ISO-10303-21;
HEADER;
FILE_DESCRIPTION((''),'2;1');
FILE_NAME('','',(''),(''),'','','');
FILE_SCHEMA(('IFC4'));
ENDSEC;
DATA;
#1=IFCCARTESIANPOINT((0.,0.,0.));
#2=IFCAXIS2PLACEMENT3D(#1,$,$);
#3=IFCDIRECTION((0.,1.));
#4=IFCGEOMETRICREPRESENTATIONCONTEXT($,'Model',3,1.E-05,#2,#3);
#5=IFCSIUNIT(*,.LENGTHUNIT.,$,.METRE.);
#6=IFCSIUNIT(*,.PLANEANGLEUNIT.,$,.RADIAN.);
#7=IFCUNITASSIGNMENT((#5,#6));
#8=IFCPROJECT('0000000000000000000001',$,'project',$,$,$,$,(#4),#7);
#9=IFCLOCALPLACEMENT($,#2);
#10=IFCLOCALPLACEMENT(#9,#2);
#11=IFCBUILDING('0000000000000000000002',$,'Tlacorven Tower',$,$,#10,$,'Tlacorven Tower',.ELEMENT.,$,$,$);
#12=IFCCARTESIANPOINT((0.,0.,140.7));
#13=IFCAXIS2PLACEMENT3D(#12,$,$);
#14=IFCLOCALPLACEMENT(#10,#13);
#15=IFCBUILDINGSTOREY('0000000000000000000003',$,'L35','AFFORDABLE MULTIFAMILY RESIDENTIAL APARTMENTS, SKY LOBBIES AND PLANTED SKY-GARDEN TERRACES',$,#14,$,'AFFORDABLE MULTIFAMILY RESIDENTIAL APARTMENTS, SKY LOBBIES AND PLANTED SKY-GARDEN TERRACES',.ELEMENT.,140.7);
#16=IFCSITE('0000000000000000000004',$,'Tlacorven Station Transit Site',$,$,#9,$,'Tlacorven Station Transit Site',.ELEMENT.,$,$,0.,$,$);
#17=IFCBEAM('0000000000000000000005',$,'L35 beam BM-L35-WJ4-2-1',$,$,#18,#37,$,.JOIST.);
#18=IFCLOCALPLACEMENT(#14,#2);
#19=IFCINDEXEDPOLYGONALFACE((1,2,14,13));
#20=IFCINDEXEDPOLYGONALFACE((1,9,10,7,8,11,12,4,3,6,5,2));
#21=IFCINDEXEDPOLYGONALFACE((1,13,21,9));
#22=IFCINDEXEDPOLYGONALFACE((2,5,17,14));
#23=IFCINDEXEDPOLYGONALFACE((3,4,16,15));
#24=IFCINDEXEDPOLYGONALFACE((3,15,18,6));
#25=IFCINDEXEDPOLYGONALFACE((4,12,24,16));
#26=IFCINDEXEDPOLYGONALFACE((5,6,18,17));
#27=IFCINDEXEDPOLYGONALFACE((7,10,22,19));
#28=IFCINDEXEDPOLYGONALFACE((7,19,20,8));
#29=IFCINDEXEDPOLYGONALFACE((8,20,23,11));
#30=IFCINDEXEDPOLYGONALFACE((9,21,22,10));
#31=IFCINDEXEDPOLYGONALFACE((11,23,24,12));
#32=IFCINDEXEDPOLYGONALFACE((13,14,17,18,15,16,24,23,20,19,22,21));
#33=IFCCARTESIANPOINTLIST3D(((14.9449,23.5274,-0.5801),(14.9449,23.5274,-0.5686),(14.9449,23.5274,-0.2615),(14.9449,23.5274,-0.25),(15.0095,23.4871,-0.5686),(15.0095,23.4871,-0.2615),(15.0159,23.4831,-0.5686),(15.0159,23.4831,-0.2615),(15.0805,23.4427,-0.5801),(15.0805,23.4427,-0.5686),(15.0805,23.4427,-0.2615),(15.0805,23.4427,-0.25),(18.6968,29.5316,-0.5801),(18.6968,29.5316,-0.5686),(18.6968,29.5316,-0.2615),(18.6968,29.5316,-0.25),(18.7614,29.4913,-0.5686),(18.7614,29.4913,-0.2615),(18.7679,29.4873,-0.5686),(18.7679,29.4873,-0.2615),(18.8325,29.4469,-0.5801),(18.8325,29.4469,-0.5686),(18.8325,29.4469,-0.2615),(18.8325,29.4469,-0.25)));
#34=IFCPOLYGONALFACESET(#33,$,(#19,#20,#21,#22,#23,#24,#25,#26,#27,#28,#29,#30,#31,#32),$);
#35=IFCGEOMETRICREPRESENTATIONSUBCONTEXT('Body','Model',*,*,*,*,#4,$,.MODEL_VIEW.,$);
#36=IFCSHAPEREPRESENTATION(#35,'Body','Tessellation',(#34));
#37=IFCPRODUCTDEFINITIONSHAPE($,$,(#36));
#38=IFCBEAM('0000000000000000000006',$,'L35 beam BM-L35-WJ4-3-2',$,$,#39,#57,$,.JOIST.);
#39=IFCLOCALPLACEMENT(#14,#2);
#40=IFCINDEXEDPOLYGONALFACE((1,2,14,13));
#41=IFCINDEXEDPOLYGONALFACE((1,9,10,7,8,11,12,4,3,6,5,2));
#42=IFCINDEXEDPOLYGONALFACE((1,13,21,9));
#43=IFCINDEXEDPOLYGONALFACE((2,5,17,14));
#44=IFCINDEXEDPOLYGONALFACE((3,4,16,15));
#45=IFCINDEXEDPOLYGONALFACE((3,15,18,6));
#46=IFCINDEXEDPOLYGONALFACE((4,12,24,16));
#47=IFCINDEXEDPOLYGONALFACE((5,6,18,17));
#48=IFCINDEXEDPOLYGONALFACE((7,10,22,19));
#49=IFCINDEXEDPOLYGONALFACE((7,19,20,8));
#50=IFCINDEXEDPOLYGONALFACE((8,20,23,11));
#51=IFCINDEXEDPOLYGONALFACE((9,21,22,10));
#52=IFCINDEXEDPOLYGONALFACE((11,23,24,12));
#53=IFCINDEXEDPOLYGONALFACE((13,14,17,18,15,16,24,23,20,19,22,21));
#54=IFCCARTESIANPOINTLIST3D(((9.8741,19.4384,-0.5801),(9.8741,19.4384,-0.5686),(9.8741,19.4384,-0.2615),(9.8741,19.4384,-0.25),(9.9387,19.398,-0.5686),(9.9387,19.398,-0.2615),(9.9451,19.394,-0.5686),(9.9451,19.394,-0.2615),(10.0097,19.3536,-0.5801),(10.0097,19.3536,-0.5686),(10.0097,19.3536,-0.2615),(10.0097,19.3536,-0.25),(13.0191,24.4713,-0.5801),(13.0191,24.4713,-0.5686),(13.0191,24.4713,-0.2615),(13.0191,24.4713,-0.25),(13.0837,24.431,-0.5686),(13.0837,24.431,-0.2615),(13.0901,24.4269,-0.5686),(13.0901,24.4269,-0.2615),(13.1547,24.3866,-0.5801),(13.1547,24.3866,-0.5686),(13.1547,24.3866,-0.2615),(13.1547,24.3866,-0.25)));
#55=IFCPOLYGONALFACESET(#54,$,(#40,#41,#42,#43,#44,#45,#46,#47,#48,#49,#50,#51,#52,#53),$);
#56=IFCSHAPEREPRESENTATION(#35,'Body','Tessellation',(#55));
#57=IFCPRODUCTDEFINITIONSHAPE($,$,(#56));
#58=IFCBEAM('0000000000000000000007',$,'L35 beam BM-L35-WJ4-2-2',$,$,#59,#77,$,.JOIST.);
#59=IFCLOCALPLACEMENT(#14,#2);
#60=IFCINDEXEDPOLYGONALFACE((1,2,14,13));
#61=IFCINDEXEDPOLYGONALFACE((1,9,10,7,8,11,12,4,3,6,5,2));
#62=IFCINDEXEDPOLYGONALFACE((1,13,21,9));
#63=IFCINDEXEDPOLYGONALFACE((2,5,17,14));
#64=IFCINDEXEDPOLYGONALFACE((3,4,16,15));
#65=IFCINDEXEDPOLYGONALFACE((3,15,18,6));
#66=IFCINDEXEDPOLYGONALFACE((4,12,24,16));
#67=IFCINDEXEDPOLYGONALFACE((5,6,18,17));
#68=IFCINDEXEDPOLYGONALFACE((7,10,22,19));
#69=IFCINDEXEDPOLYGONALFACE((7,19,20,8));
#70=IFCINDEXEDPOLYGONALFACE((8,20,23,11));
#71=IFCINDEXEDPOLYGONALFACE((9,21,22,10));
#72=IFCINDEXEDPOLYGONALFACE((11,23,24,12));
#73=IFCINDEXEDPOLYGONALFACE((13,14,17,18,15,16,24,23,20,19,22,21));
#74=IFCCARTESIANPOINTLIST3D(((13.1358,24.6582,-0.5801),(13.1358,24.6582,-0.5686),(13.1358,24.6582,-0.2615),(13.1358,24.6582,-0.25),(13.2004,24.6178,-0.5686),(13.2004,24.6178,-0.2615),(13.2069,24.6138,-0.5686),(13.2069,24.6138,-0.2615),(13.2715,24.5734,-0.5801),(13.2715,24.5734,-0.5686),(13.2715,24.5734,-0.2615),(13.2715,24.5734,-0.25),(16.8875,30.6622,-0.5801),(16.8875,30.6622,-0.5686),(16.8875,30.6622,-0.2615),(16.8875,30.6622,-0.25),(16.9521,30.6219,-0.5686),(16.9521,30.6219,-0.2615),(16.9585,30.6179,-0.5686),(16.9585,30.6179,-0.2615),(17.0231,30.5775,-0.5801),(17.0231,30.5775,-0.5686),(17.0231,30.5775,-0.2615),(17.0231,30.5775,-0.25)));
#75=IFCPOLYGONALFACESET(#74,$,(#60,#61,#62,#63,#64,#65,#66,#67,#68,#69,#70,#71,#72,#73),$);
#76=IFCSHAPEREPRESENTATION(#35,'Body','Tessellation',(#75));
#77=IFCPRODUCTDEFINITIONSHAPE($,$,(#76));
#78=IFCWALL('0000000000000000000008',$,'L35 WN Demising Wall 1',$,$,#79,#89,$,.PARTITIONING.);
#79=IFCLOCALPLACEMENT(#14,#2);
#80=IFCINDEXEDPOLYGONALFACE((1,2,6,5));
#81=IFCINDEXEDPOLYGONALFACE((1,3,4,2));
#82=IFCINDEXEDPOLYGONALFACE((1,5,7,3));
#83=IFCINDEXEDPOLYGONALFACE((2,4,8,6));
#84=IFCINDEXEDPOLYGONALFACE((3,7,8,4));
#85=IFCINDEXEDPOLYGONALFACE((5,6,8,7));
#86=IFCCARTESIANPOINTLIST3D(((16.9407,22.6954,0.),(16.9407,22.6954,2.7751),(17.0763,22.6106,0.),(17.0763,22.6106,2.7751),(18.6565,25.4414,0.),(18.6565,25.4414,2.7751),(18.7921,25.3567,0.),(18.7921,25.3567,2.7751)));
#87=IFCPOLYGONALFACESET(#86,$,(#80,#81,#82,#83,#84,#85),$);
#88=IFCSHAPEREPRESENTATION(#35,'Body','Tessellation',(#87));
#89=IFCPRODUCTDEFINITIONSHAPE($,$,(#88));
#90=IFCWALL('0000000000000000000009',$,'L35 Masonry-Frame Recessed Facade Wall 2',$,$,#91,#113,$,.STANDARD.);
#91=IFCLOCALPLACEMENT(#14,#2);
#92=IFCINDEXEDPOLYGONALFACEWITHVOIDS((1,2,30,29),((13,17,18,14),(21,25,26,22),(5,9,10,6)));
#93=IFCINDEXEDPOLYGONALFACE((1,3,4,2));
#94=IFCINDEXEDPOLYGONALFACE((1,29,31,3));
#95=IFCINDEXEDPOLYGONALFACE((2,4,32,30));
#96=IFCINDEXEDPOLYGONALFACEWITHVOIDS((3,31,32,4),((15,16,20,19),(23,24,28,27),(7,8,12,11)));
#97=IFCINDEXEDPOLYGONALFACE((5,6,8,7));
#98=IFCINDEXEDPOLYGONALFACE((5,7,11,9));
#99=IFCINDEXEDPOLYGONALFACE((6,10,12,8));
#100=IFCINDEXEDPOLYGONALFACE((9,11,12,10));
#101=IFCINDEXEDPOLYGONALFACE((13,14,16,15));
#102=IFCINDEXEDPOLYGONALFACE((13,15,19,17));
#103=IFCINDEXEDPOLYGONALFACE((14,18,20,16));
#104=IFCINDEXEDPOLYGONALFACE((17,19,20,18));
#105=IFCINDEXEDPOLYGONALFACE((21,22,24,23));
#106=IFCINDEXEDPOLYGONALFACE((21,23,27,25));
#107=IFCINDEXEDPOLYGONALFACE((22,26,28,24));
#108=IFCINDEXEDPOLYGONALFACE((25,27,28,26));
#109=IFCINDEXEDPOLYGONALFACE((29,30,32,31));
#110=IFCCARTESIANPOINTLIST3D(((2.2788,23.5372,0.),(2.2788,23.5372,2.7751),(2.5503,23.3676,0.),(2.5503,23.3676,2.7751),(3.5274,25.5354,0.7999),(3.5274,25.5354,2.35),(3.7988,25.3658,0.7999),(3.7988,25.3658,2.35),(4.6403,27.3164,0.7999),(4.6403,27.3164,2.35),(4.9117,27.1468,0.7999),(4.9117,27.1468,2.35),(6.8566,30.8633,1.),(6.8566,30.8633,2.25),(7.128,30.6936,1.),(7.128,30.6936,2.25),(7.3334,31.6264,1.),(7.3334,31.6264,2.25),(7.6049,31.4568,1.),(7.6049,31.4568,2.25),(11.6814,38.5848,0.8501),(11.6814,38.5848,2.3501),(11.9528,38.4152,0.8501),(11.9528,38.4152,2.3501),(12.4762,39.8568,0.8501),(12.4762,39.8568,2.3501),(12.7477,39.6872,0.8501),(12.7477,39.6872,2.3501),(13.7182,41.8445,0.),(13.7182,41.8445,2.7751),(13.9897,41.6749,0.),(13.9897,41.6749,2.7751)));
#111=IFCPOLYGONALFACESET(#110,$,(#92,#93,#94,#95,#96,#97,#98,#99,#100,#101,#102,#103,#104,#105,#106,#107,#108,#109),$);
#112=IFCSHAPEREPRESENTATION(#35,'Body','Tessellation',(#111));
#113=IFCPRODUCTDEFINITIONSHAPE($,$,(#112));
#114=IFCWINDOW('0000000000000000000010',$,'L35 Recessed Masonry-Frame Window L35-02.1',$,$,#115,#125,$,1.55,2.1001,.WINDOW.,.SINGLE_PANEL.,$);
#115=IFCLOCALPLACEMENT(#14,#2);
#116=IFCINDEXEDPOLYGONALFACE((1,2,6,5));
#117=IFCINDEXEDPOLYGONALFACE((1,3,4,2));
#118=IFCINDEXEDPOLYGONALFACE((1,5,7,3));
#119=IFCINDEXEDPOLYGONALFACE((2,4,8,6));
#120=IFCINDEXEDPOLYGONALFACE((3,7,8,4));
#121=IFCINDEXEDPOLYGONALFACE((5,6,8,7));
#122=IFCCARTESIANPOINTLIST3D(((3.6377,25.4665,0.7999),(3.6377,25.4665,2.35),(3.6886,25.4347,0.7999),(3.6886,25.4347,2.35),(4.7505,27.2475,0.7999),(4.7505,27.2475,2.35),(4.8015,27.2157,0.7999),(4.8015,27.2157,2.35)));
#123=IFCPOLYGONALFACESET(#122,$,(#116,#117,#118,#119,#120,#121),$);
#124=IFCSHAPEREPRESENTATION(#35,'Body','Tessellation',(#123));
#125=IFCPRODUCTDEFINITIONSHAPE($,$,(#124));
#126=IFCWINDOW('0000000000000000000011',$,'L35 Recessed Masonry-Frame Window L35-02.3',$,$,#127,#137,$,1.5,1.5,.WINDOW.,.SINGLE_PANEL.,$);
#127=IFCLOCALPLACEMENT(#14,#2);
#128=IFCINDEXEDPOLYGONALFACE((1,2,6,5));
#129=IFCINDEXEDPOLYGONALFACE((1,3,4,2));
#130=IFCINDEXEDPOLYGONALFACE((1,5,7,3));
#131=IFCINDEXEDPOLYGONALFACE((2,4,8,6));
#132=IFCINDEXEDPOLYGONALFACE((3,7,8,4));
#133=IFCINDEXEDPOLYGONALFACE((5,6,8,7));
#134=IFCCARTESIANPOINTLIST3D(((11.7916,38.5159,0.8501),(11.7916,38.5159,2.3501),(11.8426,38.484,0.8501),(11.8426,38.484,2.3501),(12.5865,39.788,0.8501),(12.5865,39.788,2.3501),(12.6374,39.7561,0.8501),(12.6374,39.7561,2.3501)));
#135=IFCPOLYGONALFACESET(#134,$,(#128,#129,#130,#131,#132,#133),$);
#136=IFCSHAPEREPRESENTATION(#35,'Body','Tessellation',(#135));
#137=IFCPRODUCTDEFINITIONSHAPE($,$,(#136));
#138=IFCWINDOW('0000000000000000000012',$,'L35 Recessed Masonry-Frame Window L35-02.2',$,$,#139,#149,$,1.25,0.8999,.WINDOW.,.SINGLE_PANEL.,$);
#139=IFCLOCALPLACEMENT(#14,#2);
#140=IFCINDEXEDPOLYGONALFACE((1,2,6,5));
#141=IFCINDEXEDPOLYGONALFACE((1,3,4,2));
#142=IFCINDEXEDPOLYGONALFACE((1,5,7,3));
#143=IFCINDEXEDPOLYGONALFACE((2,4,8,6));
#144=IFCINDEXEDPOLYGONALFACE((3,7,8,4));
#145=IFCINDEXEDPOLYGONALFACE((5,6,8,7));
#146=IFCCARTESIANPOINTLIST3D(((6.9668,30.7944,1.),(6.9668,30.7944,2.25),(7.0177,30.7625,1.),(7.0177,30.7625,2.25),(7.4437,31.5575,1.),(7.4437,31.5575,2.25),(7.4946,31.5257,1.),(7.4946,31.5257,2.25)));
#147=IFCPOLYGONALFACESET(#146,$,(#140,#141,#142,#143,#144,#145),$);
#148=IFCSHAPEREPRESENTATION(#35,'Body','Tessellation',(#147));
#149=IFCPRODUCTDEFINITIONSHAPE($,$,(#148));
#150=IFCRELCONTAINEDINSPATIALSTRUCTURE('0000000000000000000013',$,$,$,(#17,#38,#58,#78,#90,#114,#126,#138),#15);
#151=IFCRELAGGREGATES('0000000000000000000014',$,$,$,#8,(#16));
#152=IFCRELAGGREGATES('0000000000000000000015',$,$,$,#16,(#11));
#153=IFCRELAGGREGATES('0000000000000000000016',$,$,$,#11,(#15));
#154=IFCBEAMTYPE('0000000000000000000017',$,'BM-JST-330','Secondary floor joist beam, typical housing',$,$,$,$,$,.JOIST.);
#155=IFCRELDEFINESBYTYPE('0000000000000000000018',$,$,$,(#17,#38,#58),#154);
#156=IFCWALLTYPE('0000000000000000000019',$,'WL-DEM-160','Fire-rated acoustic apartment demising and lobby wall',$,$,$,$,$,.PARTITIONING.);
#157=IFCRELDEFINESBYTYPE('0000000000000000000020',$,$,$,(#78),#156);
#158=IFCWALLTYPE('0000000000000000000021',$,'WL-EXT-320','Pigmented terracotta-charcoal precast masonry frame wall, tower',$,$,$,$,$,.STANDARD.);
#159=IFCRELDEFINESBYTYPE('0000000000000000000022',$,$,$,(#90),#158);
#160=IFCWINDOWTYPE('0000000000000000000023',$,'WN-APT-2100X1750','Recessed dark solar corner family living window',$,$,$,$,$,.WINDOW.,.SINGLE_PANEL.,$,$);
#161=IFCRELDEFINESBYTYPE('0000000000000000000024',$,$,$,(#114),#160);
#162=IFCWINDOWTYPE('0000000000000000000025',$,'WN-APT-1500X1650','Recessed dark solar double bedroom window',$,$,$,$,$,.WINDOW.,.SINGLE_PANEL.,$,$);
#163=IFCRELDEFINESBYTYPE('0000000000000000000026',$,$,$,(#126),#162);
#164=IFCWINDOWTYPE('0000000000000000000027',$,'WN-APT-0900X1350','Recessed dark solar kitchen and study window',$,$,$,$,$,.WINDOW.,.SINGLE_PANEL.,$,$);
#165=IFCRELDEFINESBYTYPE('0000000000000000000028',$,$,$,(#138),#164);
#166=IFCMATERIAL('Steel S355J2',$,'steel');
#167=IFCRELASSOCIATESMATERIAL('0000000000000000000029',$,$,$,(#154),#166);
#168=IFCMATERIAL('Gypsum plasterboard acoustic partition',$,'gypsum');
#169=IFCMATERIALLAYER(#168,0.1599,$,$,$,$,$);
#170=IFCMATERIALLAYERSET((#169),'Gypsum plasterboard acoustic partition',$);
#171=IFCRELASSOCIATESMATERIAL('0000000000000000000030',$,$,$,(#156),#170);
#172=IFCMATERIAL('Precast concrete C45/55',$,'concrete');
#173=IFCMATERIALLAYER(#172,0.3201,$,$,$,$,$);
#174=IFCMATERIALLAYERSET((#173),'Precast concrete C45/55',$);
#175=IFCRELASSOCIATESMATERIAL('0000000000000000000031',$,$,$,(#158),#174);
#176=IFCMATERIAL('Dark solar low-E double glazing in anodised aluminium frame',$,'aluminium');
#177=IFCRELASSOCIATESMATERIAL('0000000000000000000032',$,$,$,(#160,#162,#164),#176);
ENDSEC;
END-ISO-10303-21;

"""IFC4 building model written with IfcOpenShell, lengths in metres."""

from ifc_helpers import new_model, si_unit, direction, frame, frame_2d, origin, origin_2d, place, context, subcontext, project, spatial, rectangle, i_section, extrude, source, transform, mapped, material, layer, layer_set, material_profile, profile_set, type_object, element, fill, save


model = new_model("IFC4")

# Units and contexts
model_context = context("Model", 3, precision=1e-05, world=origin(), true_north=direction((0.0, 1.0)))
body_context = subcontext(model_context, "Body", "Model", "MODEL_VIEW")
ifc_project = project(units=[si_unit("LENGTHUNIT", "METRE"), si_unit("PLANEANGLEUNIT", "RADIAN")], contexts=[model_context])

# Site, building, storey
site_placement = place(None, origin())
site = spatial("IfcSite", under=ifc_project, at=site_placement, Name="Tlacorven Station Transit Site", LongName="Tlacorven Station Transit Site", CompositionType="ELEMENT", RefElevation=0.0)
building_placement = place(site_placement, origin())
building = spatial("IfcBuilding", under=site, at=building_placement, Name="Tlacorven Tower", LongName="Tlacorven Tower", CompositionType="ELEMENT")
storey_placement = place(building_placement, frame((0.0, 0.0, 140.7)))
storey = spatial("IfcBuildingStorey", under=building, at=storey_placement, Name="L35", Description="AFFORDABLE MULTIFAMILY RESIDENTIAL APARTMENTS, SKY LOBBIES AND PLANTED SKY-GARDEN TERRACES", LongName="AFFORDABLE MULTIFAMILY RESIDENTIAL APARTMENTS, SKY LOBBIES AND PLANTED SKY-GARDEN TERRACES", CompositionType="ELEMENT", Elevation=140.7)

# Beams
ifc_material_1 = material(Name="Steel S355J2", Category="steel")
ifc_material_profile_1 = material_profile(ifc_material_1, i_section(OverallWidth=0.1599, OverallDepth=0.3301, WebThickness=0.0076, FlangeThickness=0.0115, at=origin_2d()), Name="IPE 330")
ifc_profile_set_1 = profile_set([ifc_material_profile_1], Name="Steel S355J2")
beam_type_1 = type_object("IfcBeamType", Name="BM-JST-330", Description="Secondary floor joist beam, typical housing", PredefinedType="JOIST", material=ifc_profile_set_1)
shared_shape_1 = source(origin(), body_context, "Body", "SweptSolid", [
    extrude(i_section(OverallWidth=0.1599, OverallDepth=0.3301, WebThickness=0.0076, FlangeThickness=0.0115, at=origin_2d()), origin(), (0.0, 0.0, 1.0), 7.0801),
])
beam_1_placement = place(storey_placement, frame((18.7646, 29.4893, -0.415), z_axis=(-0.529934, -0.848039, 0.0), x_axis=(0.848039, -0.529934, 0.0)))
element("IfcBeam", 1, at=beam_1_placement, inside=storey, type_object=beam_type_1, Name="L35 beam BM-L35-WJ4-2-1", PredefinedType="JOIST", context=body_context, shape_type="MappedRepresentation", body=[
    mapped(shared_shape_1, transform((0.0, 0.0, 0.0), scale=1.0)),
])
shared_shape_2 = source(origin(), body_context, "Body", "SweptSolid", [
    extrude(i_section(OverallWidth=0.1599, OverallDepth=0.3301, WebThickness=0.0076, FlangeThickness=0.0115, at=origin_2d()), origin(), (0.0, 0.0, 1.0), 5.9348),
])
beam_2_placement = place(storey_placement, frame((13.0869, 24.429, -0.415), z_axis=(-0.529929, -0.848042, 0.0), x_axis=(0.848042, -0.529929, 0.0)))
element("IfcBeam", 2, at=beam_2_placement, inside=storey, type_object=beam_type_1, Name="L35 beam BM-L35-WJ4-3-2", PredefinedType="JOIST", context=body_context, shape_type="MappedRepresentation", body=[
    mapped(shared_shape_2, transform((0.0, 0.0, 0.0), scale=1.0)),
])
shared_shape_3 = source(origin(), body_context, "Body", "SweptSolid", [
    extrude(i_section(OverallWidth=0.1599, OverallDepth=0.3301, WebThickness=0.0076, FlangeThickness=0.0115, at=origin_2d()), origin(), (0.0, 0.0, 1.0), 7.0798),
])
beam_3_placement = place(storey_placement, frame((16.9553, 30.6199, -0.415), z_axis=(-0.529909, -0.848054, 0.0), x_axis=(0.848054, -0.529909, 0.0)))
element("IfcBeam", 3, at=beam_3_placement, inside=storey, type_object=beam_type_1, Name="L35 beam BM-L35-WJ4-2-2", PredefinedType="JOIST", context=body_context, shape_type="MappedRepresentation", body=[
    mapped(shared_shape_3, transform((0.0, 0.0, 0.0), scale=1.0)),
])

# Wall
ifc_material_2 = material(Name="Gypsum plasterboard acoustic partition", Category="gypsum")
ifc_layer_1 = layer(ifc_material_2, 0.1599)
ifc_layer_set_1 = layer_set([ifc_layer_1], Name="Gypsum plasterboard acoustic partition")
wall_type_1 = type_object("IfcWallType", Name="WL-DEM-160", Description="Fire-rated acoustic apartment demising and lobby wall", PredefinedType="PARTITIONING", material=ifc_layer_set_1)
wall_1_placement = place(storey_placement, frame((18.7244, 25.3992, 0.0), z_axis=(0.0, 0.0, 1.0), x_axis=(-0.52989, -0.848066, 0.0)))
element("IfcWall", 4, at=wall_1_placement, inside=storey, type_object=wall_type_1, Name="L35 WN Demising Wall 1", PredefinedType="PARTITIONING", context=body_context, shape_type="SweptSolid", body=[
    extrude(rectangle(XDim=3.238, YDim=0.1599, at=frame_2d((1.6191, 0.0))), origin(), (0.0, 0.0, 1.0), 2.7751),
])

# Wall, openings, windows
ifc_material_3 = material(Name="Precast concrete C45/55", Category="concrete")
ifc_layer_2 = layer(ifc_material_3, 0.3201)
ifc_layer_set_2 = layer_set([ifc_layer_2], Name="Precast concrete C45/55")
wall_type_2 = type_object("IfcWallType", Name="WL-EXT-320", Description="Pigmented terracotta-charcoal precast masonry frame wall, tower", PredefinedType="STANDARD", material=ifc_layer_set_2)
wall_2_placement = place(storey_placement, frame((2.4146, 23.4524, 0.0), z_axis=(0.0, 0.0, 1.0), x_axis=(0.52991, 0.848054, 0.0)))
wall_2 = element("IfcWall", 5, at=wall_2_placement, inside=storey, type_object=wall_type_2, Name="L35 Masonry-Frame Recessed Facade Wall 2", PredefinedType="STANDARD", context=body_context, shape_type="SweptSolid", body=[
    extrude(rectangle(XDim=21.5874, YDim=0.3201, at=frame_2d((10.7937, 0.0))), origin(), (0.0, 0.0, 1.0), 2.7751),
])
opening_1_placement = place(wall_2_placement, frame((2.3562, 0.0, 0.8)))
opening_1 = element("IfcOpeningElement", 6, at=opening_1_placement, cuts=wall_2, PredefinedType="OPENING", context=body_context, shape_type="SweptSolid", body=[
    extrude(rectangle(XDim=2.1001, YDim=1.55, at=frame_2d((1.05, 0.7749))), frame((0.0, 0.1699, 0.0), z_axis=(0.0, -1.0, 0.0), x_axis=(1.0, 0.0, 0.0)), (0.0, 0.0, 1.0), 0.3401),
])
opening_2_placement = place(wall_2_placement, frame((8.6387, 0.0, 1.0)))
opening_2 = element("IfcOpeningElement", 7, at=opening_2_placement, cuts=wall_2, PredefinedType="OPENING", context=body_context, shape_type="SweptSolid", body=[
    extrude(rectangle(XDim=0.8999, YDim=1.25, at=frame_2d((0.45, 0.625))), frame((0.0, 0.1699, 0.0), z_axis=(0.0, -1.0, 0.0), x_axis=(1.0, 0.0, 0.0)), (0.0, 0.0, 1.0), 0.3401),
])
opening_3_placement = place(wall_2_placement, frame((17.7437, 0.0, 0.8501)))
opening_3 = element("IfcOpeningElement", 8, at=opening_3_placement, cuts=wall_2, PredefinedType="OPENING", context=body_context, shape_type="SweptSolid", body=[
    extrude(rectangle(XDim=1.5, YDim=1.5, at=frame_2d((0.75, 0.75))), frame((0.0, 0.1699, 0.0), z_axis=(0.0, -1.0, 0.0), x_axis=(1.0, 0.0, 0.0)), (0.0, 0.0, 1.0), 0.3401),
])
ifc_material_4 = material(Name="Dark solar low-E double glazing in anodised aluminium frame", Category="aluminium")
window_type_1 = type_object("IfcWindowType", Name="WN-APT-2100X1750", Description="Recessed dark solar corner family living window", PartitioningType="SINGLE_PANEL", PredefinedType="WINDOW", material=ifc_material_4)
shared_shape_4 = source(origin(), body_context, "Body", "SweptSolid", [
    extrude(rectangle(XDim=2.1001, YDim=1.55, at=frame_2d((1.05, 0.7749))), frame((0.0, 0.03, 0.0), z_axis=(0.0, -1.0, 0.0), x_axis=(1.0, 0.0, 0.0)), (0.0, 0.0, 1.0), 0.0601),
])
window_1_placement = place(opening_1_placement, origin())
window_1 = element("IfcWindow", 9, at=window_1_placement, inside=storey, type_object=window_type_1, Name="L35 Recessed Masonry-Frame Window L35-02.1", OverallHeight=1.55, OverallWidth=2.1001, PartitioningType="SINGLE_PANEL", PredefinedType="WINDOW", context=body_context, shape_type="MappedRepresentation", body=[
    mapped(shared_shape_4, transform((0.0, 0.0, 0.0), scale=1.0)),
])
fill(opening_1, window_1)
window_type_2 = type_object("IfcWindowType", Name="WN-APT-1500X1650", Description="Recessed dark solar double bedroom window", PartitioningType="SINGLE_PANEL", PredefinedType="WINDOW", material=ifc_material_4)
shared_shape_5 = source(origin(), body_context, "Body", "SweptSolid", [
    extrude(rectangle(XDim=1.5, YDim=1.5, at=frame_2d((0.75, 0.75))), frame((0.0, 0.03, 0.0), z_axis=(0.0, -1.0, 0.0), x_axis=(1.0, 0.0, 0.0)), (0.0, 0.0, 1.0), 0.0601),
])
window_2_placement = place(opening_3_placement, origin())
window_2 = element("IfcWindow", 10, at=window_2_placement, inside=storey, type_object=window_type_2, Name="L35 Recessed Masonry-Frame Window L35-02.3", OverallHeight=1.5, OverallWidth=1.5, PartitioningType="SINGLE_PANEL", PredefinedType="WINDOW", context=body_context, shape_type="MappedRepresentation", body=[
    mapped(shared_shape_5, transform((0.0, 0.0, 0.0), scale=1.0)),
])
fill(opening_3, window_2)
window_type_3 = type_object("IfcWindowType", Name="WN-APT-0900X1350", Description="Recessed dark solar kitchen and study window", PartitioningType="SINGLE_PANEL", PredefinedType="WINDOW", material=ifc_material_4)
shared_shape_6 = source(origin(), body_context, "Body", "SweptSolid", [
    extrude(rectangle(XDim=0.8999, YDim=1.25, at=frame_2d((0.45, 0.625))), frame((0.0, 0.03, 0.0), z_axis=(0.0, -1.0, 0.0), x_axis=(1.0, 0.0, 0.0)), (0.0, 0.0, 1.0), 0.0601),
])
window_3_placement = place(opening_2_placement, origin())
window_3 = element("IfcWindow", 11, at=window_3_placement, inside=storey, type_object=window_type_3, Name="L35 Recessed Masonry-Frame Window L35-02.2", OverallHeight=1.25, OverallWidth=0.8999, PartitioningType="SINGLE_PANEL", PredefinedType="WINDOW", context=body_context, shape_type="MappedRepresentation", body=[
    mapped(shared_shape_6, transform((0.0, 0.0, 0.0), scale=1.0)),
])
fill(opening_2, window_3)

save(model, "model.ifc")
